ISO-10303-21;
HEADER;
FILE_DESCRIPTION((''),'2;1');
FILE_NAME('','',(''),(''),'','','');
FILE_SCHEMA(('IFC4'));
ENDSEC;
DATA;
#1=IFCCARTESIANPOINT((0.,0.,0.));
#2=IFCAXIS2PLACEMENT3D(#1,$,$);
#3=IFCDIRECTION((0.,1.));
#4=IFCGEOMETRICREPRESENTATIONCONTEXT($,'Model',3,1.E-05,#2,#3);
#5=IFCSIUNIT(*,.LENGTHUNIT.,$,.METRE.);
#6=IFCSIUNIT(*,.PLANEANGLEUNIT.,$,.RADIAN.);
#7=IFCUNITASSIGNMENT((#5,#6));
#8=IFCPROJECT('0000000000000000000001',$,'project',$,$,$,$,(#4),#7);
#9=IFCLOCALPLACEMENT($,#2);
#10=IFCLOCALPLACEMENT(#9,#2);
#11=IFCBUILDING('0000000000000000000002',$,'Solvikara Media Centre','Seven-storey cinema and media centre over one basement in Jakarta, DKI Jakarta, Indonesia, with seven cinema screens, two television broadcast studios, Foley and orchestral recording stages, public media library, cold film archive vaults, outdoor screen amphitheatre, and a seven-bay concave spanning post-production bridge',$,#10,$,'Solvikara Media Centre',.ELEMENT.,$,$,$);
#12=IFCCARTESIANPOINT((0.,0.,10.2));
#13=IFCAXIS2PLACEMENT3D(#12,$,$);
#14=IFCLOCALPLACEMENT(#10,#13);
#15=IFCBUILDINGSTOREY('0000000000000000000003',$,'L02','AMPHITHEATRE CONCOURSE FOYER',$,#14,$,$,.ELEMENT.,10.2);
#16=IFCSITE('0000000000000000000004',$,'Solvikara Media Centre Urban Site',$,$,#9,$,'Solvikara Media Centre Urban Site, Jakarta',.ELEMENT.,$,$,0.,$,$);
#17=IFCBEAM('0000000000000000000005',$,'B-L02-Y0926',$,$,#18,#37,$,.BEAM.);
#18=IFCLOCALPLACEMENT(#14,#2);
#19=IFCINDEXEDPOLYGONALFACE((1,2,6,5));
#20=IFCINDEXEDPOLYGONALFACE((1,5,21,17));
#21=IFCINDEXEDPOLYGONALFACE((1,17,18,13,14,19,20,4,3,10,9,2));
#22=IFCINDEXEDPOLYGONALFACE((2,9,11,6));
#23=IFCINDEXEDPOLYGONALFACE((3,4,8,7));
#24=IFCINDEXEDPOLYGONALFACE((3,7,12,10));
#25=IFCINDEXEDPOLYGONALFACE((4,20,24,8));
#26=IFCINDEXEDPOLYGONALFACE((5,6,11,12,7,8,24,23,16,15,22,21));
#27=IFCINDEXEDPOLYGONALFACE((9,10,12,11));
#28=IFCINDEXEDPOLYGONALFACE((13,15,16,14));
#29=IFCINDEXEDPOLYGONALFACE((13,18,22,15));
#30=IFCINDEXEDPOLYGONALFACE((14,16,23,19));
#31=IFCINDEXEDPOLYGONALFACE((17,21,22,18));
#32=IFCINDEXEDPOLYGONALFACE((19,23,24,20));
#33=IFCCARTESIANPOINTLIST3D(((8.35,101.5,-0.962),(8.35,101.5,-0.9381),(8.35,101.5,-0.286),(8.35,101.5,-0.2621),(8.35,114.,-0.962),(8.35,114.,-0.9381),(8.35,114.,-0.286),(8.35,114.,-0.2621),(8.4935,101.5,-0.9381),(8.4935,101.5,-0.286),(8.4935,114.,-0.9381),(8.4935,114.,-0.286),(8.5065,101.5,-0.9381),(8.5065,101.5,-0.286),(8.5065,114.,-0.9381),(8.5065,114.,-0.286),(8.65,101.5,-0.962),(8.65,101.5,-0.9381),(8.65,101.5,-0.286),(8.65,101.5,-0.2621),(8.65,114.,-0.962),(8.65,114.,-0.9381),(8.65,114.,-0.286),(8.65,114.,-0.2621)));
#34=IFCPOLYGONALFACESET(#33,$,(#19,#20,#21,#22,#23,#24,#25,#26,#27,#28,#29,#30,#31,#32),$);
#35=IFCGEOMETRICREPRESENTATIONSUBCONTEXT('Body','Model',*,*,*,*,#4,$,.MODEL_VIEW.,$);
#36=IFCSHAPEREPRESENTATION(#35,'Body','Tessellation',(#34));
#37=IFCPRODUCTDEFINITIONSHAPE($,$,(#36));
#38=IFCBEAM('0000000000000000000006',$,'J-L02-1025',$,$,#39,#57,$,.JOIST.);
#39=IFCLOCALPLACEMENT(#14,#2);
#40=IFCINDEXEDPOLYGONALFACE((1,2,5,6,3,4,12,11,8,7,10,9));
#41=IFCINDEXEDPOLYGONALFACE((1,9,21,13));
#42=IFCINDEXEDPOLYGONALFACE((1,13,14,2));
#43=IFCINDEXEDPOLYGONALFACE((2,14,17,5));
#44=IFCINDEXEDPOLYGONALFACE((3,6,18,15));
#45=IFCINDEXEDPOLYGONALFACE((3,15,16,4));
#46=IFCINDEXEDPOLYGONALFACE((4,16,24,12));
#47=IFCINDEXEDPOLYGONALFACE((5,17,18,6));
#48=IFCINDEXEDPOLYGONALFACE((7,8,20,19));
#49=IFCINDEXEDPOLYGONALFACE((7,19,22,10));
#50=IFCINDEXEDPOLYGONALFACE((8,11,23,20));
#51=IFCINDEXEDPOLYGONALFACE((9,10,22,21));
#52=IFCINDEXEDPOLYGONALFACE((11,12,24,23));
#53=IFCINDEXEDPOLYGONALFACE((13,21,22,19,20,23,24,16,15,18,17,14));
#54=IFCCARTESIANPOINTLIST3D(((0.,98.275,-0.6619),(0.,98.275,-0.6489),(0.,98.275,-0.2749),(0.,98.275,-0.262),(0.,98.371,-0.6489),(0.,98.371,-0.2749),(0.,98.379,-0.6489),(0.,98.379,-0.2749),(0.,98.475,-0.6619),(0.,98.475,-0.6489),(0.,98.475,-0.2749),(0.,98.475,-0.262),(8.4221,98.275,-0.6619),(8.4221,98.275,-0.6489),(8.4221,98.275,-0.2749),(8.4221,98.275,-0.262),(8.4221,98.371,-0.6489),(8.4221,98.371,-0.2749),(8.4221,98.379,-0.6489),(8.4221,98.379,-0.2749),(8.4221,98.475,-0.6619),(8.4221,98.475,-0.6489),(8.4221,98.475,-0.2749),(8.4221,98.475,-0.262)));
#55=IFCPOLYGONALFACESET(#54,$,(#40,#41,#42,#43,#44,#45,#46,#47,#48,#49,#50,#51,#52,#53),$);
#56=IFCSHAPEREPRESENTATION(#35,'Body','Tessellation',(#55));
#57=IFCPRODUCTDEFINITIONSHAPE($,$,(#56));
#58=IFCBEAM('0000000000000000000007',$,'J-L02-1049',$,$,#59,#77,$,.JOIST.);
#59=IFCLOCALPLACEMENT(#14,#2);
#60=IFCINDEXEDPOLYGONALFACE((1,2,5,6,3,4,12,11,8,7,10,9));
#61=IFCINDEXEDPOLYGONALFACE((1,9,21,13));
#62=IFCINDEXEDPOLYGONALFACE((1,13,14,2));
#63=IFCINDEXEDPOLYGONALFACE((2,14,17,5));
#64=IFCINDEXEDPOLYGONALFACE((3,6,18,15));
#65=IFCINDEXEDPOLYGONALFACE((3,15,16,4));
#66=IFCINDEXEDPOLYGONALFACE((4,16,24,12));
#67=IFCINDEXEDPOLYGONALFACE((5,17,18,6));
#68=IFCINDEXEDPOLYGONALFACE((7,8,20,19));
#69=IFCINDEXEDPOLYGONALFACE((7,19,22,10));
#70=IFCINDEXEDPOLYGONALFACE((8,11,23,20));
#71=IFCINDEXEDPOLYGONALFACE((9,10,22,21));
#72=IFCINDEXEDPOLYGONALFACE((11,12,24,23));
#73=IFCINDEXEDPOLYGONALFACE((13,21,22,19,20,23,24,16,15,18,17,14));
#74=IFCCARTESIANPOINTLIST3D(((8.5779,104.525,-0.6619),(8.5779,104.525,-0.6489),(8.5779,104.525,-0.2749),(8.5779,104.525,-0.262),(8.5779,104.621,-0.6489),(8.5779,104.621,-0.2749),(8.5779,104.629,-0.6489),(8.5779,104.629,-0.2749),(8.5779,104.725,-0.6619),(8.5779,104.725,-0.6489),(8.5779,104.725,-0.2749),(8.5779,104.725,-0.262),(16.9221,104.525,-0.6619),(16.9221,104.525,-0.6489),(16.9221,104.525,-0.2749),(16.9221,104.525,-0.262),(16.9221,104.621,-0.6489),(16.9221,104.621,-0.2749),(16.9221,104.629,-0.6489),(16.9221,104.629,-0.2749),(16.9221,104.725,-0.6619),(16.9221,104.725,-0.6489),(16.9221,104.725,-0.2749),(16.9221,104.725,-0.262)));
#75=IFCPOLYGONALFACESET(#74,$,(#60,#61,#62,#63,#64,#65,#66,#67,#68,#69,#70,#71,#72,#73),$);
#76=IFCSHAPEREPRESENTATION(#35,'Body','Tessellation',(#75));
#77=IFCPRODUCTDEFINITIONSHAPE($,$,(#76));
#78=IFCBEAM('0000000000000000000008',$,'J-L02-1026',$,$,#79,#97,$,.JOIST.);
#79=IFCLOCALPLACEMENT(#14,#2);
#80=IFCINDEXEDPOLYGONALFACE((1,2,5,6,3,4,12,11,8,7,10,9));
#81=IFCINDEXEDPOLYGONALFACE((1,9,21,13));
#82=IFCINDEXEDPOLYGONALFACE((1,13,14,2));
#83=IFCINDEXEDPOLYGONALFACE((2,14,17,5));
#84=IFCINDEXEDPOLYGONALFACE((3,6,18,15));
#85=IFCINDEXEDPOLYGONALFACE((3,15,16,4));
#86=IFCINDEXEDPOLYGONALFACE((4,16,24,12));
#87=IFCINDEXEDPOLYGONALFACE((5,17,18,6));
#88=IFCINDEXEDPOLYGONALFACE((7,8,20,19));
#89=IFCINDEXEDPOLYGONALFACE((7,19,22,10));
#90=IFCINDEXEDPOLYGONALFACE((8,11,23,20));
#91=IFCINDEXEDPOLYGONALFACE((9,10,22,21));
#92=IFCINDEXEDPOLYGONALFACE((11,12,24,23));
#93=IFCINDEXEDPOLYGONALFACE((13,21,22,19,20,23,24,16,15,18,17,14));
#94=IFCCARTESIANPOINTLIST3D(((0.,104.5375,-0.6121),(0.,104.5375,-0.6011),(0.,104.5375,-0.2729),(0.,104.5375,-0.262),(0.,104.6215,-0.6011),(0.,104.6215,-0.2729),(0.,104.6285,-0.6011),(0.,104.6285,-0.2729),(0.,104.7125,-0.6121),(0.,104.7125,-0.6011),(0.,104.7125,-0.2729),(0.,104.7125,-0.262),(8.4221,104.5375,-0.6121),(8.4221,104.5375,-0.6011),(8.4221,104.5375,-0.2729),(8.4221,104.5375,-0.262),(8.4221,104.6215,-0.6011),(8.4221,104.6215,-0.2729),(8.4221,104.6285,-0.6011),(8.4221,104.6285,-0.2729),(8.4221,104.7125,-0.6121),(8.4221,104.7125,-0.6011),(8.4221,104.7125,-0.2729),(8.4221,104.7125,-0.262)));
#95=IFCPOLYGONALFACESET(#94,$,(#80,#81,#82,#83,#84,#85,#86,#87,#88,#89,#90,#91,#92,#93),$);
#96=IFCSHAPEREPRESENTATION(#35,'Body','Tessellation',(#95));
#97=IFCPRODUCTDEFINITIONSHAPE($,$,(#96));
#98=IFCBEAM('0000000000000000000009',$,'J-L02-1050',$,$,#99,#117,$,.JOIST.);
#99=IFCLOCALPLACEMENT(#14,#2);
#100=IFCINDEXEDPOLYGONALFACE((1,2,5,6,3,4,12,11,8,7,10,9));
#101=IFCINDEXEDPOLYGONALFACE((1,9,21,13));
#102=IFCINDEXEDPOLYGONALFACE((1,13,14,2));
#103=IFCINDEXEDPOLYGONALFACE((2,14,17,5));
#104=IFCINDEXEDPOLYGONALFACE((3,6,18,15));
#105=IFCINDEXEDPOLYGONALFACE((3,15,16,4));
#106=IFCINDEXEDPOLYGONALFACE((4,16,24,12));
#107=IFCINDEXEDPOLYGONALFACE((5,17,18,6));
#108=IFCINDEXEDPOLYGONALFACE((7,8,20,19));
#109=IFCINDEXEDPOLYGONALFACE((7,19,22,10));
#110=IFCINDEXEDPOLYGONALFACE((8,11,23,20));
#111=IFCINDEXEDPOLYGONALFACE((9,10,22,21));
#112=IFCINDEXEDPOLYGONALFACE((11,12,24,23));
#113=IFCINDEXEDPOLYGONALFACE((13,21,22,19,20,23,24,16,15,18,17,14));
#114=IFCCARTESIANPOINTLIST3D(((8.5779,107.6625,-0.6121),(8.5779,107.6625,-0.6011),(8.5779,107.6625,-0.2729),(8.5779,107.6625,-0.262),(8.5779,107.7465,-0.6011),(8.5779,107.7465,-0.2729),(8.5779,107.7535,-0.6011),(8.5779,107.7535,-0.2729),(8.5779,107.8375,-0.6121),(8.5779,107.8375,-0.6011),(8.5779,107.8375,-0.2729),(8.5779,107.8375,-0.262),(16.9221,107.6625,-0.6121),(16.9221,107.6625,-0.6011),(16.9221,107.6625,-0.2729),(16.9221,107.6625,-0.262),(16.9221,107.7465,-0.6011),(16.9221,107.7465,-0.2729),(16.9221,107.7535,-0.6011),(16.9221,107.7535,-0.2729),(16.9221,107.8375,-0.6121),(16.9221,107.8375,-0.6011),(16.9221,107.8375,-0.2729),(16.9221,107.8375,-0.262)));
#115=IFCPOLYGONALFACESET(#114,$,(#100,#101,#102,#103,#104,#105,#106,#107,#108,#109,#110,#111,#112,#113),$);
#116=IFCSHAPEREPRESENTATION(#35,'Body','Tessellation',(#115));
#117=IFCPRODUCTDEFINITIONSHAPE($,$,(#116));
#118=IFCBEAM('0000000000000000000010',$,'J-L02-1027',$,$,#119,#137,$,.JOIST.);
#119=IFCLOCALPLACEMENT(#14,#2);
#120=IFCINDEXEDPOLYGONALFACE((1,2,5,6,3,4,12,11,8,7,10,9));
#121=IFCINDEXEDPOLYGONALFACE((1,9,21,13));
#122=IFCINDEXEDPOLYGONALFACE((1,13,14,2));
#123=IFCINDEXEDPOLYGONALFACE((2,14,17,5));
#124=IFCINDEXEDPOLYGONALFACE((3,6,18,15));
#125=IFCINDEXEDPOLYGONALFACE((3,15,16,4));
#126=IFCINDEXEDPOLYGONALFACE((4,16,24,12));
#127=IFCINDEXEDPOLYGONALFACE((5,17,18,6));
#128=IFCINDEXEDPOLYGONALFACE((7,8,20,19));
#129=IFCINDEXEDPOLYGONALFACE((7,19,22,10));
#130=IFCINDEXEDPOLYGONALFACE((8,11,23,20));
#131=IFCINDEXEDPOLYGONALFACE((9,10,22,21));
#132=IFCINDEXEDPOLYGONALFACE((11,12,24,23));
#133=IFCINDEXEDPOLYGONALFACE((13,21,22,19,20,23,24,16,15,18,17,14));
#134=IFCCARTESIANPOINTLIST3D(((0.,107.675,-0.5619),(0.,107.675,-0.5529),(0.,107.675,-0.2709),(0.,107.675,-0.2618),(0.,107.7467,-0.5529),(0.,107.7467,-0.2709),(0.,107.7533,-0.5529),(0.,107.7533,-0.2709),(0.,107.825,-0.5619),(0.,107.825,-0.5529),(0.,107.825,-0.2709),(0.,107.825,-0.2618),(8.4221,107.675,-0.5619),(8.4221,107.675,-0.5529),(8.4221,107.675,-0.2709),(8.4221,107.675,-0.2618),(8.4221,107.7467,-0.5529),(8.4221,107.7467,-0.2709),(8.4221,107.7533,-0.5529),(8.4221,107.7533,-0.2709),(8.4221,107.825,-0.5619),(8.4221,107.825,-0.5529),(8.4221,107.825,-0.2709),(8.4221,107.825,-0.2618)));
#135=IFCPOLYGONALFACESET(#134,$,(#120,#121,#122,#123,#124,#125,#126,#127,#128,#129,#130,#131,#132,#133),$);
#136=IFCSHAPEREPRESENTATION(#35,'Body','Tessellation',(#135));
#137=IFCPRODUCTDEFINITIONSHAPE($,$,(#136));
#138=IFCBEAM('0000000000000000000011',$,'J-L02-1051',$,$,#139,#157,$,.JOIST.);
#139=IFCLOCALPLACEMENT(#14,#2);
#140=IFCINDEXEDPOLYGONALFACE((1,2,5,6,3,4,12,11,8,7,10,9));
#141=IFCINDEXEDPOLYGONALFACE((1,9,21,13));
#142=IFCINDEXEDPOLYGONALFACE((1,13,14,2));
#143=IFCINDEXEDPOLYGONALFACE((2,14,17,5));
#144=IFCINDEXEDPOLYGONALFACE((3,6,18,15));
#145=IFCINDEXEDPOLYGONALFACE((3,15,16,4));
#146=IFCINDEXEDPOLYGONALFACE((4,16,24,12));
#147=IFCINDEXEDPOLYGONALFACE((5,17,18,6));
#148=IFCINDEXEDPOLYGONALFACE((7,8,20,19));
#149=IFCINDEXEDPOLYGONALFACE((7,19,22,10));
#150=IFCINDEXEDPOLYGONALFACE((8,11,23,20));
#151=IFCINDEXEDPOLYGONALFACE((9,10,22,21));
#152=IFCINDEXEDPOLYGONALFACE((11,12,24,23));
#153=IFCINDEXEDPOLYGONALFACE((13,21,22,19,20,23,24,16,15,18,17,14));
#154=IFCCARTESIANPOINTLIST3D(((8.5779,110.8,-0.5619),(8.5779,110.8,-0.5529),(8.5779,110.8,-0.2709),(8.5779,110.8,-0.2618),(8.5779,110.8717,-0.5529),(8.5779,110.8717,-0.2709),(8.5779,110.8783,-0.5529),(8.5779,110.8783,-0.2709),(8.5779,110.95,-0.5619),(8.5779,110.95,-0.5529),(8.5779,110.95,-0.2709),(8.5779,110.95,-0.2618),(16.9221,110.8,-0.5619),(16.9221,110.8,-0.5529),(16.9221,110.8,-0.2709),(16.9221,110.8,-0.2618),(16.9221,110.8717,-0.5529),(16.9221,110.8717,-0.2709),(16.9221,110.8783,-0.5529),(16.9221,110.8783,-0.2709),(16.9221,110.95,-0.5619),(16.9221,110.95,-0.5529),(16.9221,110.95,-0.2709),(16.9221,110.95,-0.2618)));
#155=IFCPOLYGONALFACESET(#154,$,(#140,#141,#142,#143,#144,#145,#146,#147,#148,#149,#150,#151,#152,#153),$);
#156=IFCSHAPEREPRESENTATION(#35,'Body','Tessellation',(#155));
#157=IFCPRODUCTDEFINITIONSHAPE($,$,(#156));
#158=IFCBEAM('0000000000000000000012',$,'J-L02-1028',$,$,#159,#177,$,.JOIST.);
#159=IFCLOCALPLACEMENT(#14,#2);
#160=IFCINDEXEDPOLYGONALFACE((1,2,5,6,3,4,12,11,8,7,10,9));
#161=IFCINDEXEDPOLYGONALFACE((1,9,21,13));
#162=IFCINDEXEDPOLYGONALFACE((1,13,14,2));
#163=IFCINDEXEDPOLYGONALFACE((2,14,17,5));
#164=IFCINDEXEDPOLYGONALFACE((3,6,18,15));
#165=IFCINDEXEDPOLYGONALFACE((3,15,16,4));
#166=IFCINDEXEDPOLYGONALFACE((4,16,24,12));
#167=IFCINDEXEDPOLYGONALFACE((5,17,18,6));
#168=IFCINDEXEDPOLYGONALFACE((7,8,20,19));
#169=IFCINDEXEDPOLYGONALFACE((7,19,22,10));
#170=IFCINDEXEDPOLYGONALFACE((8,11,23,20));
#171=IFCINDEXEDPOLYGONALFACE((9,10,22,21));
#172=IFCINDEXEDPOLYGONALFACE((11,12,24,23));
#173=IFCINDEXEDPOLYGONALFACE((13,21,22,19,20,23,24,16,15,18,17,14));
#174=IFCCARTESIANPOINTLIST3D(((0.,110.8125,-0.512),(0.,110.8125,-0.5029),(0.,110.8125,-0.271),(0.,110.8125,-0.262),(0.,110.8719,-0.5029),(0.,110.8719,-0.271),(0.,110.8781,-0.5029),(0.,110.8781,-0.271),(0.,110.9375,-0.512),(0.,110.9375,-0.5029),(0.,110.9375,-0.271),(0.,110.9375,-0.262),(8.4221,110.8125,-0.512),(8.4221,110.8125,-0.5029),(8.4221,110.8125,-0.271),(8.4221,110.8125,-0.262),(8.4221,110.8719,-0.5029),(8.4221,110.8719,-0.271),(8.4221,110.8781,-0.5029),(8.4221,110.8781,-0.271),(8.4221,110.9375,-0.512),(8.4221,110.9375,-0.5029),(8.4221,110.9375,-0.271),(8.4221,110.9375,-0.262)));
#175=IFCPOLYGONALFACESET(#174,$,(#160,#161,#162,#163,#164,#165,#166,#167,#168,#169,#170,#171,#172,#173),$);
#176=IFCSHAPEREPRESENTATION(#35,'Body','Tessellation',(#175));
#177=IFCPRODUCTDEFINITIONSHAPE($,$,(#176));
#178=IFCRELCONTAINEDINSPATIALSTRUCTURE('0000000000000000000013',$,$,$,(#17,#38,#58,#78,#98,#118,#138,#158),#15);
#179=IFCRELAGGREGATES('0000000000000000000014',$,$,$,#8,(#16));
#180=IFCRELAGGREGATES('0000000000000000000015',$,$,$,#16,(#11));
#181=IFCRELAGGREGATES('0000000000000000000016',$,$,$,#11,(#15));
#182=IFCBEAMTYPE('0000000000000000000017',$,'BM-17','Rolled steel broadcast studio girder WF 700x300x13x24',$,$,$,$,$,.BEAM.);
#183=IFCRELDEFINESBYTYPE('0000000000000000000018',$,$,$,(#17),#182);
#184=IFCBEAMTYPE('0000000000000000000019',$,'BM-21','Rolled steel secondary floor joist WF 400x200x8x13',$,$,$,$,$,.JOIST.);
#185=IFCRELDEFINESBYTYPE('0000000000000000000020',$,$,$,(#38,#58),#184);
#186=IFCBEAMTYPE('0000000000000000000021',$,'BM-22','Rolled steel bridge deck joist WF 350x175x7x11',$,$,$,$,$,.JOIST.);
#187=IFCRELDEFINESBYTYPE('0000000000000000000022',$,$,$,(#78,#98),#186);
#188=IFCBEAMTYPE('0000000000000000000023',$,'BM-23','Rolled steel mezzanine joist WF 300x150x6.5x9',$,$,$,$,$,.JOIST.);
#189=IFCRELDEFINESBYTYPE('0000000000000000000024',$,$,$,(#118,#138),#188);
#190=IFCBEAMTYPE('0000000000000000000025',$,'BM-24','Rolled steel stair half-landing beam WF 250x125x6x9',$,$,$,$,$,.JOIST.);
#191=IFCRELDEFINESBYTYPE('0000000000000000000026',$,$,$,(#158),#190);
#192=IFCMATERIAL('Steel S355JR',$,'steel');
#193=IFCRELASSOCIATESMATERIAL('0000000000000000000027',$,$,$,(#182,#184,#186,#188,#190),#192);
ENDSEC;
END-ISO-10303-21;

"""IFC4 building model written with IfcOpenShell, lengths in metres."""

from ifc_helpers import new_model, si_unit, direction, frame, origin, origin_2d, place, context, subcontext, project, spatial, i_section, extrude, material, material_profile, profile_set, type_object, element, save


model = new_model("IFC4")

# Units and contexts
model_context = context("Model", 3, precision=1e-05, world=origin(), true_north=direction((0.0, 1.0)))
body_context = subcontext(model_context, "Body", "Model", "MODEL_VIEW")
ifc_project = project(units=[si_unit("LENGTHUNIT", "METRE"), si_unit("PLANEANGLEUNIT", "RADIAN")], contexts=[model_context])

# Site, building, storey
site_placement = place(None, origin())
site = spatial("IfcSite", under=ifc_project, at=site_placement, Name="Solvikara Media Centre Urban Site", LongName="Solvikara Media Centre Urban Site, Jakarta", CompositionType="ELEMENT", RefElevation=0.0)
building_placement = place(site_placement, origin())
building = spatial("IfcBuilding", under=site, at=building_placement, Name="Solvikara Media Centre", Description="Seven-storey cinema and media centre over one basement in Jakarta, DKI Jakarta, Indonesia, with seven cinema screens, two television broadcast studios, Foley and orchestral recording stages, public media library, cold film archive vaults, outdoor screen amphitheatre, and a seven-bay concave spanning post-production bridge", LongName="Solvikara Media Centre", CompositionType="ELEMENT")
storey_placement = place(building_placement, frame((0.0, 0.0, 10.2)))
storey = spatial("IfcBuildingStorey", under=building, at=storey_placement, Name="L02", Description="AMPHITHEATRE CONCOURSE FOYER", CompositionType="ELEMENT", Elevation=10.2)

# Shared definitions
ifc_material_1 = material(Name="Steel S355JR", Category="steel")

# Beams
ifc_material_profile_1 = material_profile(ifc_material_1, i_section(OverallWidth=0.3, OverallDepth=0.7, WebThickness=0.0129, FlangeThickness=0.0239, at=origin_2d()), Name="WF 700x300x13x24")
ifc_profile_set_1 = profile_set([ifc_material_profile_1], Name="Steel S355JR")
beam_type_1 = type_object("IfcBeamType", Name="BM-17", Description="Rolled steel broadcast studio girder WF 700x300x13x24", PredefinedType="BEAM", material=ifc_profile_set_1)
beam_1_placement = place(storey_placement, frame((8.5, 101.5, -0.6121), z_axis=(0.0, 1.0, 0.0), x_axis=(-1.0, 0.0, 0.0)))
element("IfcBeam", 1, at=beam_1_placement, inside=storey, type_object=beam_type_1, Name="B-L02-Y0926", PredefinedType="BEAM", context=body_context, shape_type="SweptSolid", body=[
    extrude(i_section(OverallWidth=0.3, OverallDepth=0.7, WebThickness=0.0129, FlangeThickness=0.0239, at=origin_2d()), origin(), (0.0, 0.0, 1.0), 12.5),
])
ifc_material_profile_2 = material_profile(ifc_material_1, i_section(OverallWidth=0.2, OverallDepth=0.3999, WebThickness=0.0081, FlangeThickness=0.0129, at=origin_2d()), Name="WF 400x200x8x13")
ifc_profile_set_2 = profile_set([ifc_material_profile_2], Name="Steel S355JR")
beam_type_2 = type_object("IfcBeamType", Name="BM-21", Description="Rolled steel secondary floor joist WF 400x200x8x13", PredefinedType="JOIST", material=ifc_profile_set_2)
beam_2_placement = place(storey_placement, frame((0.0, 98.375, -0.4619), z_axis=(1.0, 0.0, 0.0), x_axis=(0.0, 1.0, 0.0)))
element("IfcBeam", 2, at=beam_2_placement, inside=storey, type_object=beam_type_2, Name="J-L02-1025", PredefinedType="JOIST", context=body_context, shape_type="SweptSolid", body=[
    extrude(i_section(OverallWidth=0.2, OverallDepth=0.3999, WebThickness=0.0081, FlangeThickness=0.0129, at=origin_2d()), origin(), (0.0, 0.0, 1.0), 8.4221),
])
beam_3_placement = place(storey_placement, frame((8.5779, 104.625, -0.4619), z_axis=(1.0, 0.0, 0.0), x_axis=(0.0, 1.0, 0.0)))
element("IfcBeam", 3, at=beam_3_placement, inside=storey, type_object=beam_type_2, Name="J-L02-1049", PredefinedType="JOIST", context=body_context, shape_type="SweptSolid", body=[
    extrude(i_section(OverallWidth=0.2, OverallDepth=0.3999, WebThickness=0.0081, FlangeThickness=0.0129, at=origin_2d()), origin(), (0.0, 0.0, 1.0), 8.3442),
])
ifc_material_profile_3 = material_profile(ifc_material_1, i_section(OverallWidth=0.175, OverallDepth=0.3501, WebThickness=0.0071, FlangeThickness=0.011, at=origin_2d()), Name="WF 350x175x7x11")
ifc_profile_set_3 = profile_set([ifc_material_profile_3], Name="Steel S355JR")
beam_type_3 = type_object("IfcBeamType", Name="BM-22", Description="Rolled steel bridge deck joist WF 350x175x7x11", PredefinedType="JOIST", material=ifc_profile_set_3)
beam_4_placement = place(storey_placement, frame((0.0, 104.625, -0.437), z_axis=(1.0, 0.0, 0.0), x_axis=(0.0, 1.0, 0.0)))
element("IfcBeam", 4, at=beam_4_placement, inside=storey, type_object=beam_type_3, Name="J-L02-1026", PredefinedType="JOIST", context=body_context, shape_type="SweptSolid", body=[
    extrude(i_section(OverallWidth=0.175, OverallDepth=0.3501, WebThickness=0.0071, FlangeThickness=0.011, at=origin_2d()), origin(), (0.0, 0.0, 1.0), 8.4221),
])
beam_5_placement = place(storey_placement, frame((8.5779, 107.75, -0.437), z_axis=(1.0, 0.0, 0.0), x_axis=(0.0, 1.0, 0.0)))
element("IfcBeam", 5, at=beam_5_placement, inside=storey, type_object=beam_type_3, Name="J-L02-1050", PredefinedType="JOIST", context=body_context, shape_type="SweptSolid", body=[
    extrude(i_section(OverallWidth=0.175, OverallDepth=0.3501, WebThickness=0.0071, FlangeThickness=0.011, at=origin_2d()), origin(), (0.0, 0.0, 1.0), 8.3442),
])
ifc_material_profile_4 = material_profile(ifc_material_1, i_section(OverallWidth=0.1499, OverallDepth=0.3, WebThickness=0.0066, FlangeThickness=0.009, at=origin_2d()), Name="WF 300x150x6.5x9")
ifc_profile_set_4 = profile_set([ifc_material_profile_4], Name="Steel S355JR")
beam_type_4 = type_object("IfcBeamType", Name="BM-23", Description="Rolled steel mezzanine joist WF 300x150x6.5x9", PredefinedType="JOIST", material=ifc_profile_set_4)
beam_6_placement = place(storey_placement, frame((0.0, 107.75, -0.4119), z_axis=(1.0, 0.0, 0.0), x_axis=(0.0, 1.0, 0.0)))
element("IfcBeam", 6, at=beam_6_placement, inside=storey, type_object=beam_type_4, Name="J-L02-1027", PredefinedType="JOIST", context=body_context, shape_type="SweptSolid", body=[
    extrude(i_section(OverallWidth=0.1499, OverallDepth=0.3, WebThickness=0.0066, FlangeThickness=0.009, at=origin_2d()), origin(), (0.0, 0.0, 1.0), 8.4221),
])
beam_7_placement = place(storey_placement, frame((8.5779, 110.875, -0.4119), z_axis=(1.0, 0.0, 0.0), x_axis=(0.0, 1.0, 0.0)))
element("IfcBeam", 7, at=beam_7_placement, inside=storey, type_object=beam_type_4, Name="J-L02-1051", PredefinedType="JOIST", context=body_context, shape_type="SweptSolid", body=[
    extrude(i_section(OverallWidth=0.1499, OverallDepth=0.3, WebThickness=0.0066, FlangeThickness=0.009, at=origin_2d()), origin(), (0.0, 0.0, 1.0), 8.3442),
])
ifc_material_profile_5 = material_profile(ifc_material_1, i_section(OverallWidth=0.125, OverallDepth=0.25, WebThickness=0.0061, FlangeThickness=0.009, at=origin_2d()), Name="WF 250x125x6x9")
ifc_profile_set_5 = profile_set([ifc_material_profile_5], Name="Steel S355JR")
beam_type_5 = type_object("IfcBeamType", Name="BM-24", Description="Rolled steel stair half-landing beam WF 250x125x6x9", PredefinedType="JOIST", material=ifc_profile_set_5)
beam_8_placement = place(storey_placement, frame((0.0, 110.875, -0.387), z_axis=(1.0, 0.0, 0.0), x_axis=(0.0, 1.0, 0.0)))
element("IfcBeam", 8, at=beam_8_placement, inside=storey, type_object=beam_type_5, Name="J-L02-1028", PredefinedType="JOIST", context=body_context, shape_type="SweptSolid", body=[
    extrude(i_section(OverallWidth=0.125, OverallDepth=0.25, WebThickness=0.0061, FlangeThickness=0.009, at=origin_2d()), origin(), (0.0, 0.0, 1.0), 8.4221),
])

save(model, "model.ifc")
